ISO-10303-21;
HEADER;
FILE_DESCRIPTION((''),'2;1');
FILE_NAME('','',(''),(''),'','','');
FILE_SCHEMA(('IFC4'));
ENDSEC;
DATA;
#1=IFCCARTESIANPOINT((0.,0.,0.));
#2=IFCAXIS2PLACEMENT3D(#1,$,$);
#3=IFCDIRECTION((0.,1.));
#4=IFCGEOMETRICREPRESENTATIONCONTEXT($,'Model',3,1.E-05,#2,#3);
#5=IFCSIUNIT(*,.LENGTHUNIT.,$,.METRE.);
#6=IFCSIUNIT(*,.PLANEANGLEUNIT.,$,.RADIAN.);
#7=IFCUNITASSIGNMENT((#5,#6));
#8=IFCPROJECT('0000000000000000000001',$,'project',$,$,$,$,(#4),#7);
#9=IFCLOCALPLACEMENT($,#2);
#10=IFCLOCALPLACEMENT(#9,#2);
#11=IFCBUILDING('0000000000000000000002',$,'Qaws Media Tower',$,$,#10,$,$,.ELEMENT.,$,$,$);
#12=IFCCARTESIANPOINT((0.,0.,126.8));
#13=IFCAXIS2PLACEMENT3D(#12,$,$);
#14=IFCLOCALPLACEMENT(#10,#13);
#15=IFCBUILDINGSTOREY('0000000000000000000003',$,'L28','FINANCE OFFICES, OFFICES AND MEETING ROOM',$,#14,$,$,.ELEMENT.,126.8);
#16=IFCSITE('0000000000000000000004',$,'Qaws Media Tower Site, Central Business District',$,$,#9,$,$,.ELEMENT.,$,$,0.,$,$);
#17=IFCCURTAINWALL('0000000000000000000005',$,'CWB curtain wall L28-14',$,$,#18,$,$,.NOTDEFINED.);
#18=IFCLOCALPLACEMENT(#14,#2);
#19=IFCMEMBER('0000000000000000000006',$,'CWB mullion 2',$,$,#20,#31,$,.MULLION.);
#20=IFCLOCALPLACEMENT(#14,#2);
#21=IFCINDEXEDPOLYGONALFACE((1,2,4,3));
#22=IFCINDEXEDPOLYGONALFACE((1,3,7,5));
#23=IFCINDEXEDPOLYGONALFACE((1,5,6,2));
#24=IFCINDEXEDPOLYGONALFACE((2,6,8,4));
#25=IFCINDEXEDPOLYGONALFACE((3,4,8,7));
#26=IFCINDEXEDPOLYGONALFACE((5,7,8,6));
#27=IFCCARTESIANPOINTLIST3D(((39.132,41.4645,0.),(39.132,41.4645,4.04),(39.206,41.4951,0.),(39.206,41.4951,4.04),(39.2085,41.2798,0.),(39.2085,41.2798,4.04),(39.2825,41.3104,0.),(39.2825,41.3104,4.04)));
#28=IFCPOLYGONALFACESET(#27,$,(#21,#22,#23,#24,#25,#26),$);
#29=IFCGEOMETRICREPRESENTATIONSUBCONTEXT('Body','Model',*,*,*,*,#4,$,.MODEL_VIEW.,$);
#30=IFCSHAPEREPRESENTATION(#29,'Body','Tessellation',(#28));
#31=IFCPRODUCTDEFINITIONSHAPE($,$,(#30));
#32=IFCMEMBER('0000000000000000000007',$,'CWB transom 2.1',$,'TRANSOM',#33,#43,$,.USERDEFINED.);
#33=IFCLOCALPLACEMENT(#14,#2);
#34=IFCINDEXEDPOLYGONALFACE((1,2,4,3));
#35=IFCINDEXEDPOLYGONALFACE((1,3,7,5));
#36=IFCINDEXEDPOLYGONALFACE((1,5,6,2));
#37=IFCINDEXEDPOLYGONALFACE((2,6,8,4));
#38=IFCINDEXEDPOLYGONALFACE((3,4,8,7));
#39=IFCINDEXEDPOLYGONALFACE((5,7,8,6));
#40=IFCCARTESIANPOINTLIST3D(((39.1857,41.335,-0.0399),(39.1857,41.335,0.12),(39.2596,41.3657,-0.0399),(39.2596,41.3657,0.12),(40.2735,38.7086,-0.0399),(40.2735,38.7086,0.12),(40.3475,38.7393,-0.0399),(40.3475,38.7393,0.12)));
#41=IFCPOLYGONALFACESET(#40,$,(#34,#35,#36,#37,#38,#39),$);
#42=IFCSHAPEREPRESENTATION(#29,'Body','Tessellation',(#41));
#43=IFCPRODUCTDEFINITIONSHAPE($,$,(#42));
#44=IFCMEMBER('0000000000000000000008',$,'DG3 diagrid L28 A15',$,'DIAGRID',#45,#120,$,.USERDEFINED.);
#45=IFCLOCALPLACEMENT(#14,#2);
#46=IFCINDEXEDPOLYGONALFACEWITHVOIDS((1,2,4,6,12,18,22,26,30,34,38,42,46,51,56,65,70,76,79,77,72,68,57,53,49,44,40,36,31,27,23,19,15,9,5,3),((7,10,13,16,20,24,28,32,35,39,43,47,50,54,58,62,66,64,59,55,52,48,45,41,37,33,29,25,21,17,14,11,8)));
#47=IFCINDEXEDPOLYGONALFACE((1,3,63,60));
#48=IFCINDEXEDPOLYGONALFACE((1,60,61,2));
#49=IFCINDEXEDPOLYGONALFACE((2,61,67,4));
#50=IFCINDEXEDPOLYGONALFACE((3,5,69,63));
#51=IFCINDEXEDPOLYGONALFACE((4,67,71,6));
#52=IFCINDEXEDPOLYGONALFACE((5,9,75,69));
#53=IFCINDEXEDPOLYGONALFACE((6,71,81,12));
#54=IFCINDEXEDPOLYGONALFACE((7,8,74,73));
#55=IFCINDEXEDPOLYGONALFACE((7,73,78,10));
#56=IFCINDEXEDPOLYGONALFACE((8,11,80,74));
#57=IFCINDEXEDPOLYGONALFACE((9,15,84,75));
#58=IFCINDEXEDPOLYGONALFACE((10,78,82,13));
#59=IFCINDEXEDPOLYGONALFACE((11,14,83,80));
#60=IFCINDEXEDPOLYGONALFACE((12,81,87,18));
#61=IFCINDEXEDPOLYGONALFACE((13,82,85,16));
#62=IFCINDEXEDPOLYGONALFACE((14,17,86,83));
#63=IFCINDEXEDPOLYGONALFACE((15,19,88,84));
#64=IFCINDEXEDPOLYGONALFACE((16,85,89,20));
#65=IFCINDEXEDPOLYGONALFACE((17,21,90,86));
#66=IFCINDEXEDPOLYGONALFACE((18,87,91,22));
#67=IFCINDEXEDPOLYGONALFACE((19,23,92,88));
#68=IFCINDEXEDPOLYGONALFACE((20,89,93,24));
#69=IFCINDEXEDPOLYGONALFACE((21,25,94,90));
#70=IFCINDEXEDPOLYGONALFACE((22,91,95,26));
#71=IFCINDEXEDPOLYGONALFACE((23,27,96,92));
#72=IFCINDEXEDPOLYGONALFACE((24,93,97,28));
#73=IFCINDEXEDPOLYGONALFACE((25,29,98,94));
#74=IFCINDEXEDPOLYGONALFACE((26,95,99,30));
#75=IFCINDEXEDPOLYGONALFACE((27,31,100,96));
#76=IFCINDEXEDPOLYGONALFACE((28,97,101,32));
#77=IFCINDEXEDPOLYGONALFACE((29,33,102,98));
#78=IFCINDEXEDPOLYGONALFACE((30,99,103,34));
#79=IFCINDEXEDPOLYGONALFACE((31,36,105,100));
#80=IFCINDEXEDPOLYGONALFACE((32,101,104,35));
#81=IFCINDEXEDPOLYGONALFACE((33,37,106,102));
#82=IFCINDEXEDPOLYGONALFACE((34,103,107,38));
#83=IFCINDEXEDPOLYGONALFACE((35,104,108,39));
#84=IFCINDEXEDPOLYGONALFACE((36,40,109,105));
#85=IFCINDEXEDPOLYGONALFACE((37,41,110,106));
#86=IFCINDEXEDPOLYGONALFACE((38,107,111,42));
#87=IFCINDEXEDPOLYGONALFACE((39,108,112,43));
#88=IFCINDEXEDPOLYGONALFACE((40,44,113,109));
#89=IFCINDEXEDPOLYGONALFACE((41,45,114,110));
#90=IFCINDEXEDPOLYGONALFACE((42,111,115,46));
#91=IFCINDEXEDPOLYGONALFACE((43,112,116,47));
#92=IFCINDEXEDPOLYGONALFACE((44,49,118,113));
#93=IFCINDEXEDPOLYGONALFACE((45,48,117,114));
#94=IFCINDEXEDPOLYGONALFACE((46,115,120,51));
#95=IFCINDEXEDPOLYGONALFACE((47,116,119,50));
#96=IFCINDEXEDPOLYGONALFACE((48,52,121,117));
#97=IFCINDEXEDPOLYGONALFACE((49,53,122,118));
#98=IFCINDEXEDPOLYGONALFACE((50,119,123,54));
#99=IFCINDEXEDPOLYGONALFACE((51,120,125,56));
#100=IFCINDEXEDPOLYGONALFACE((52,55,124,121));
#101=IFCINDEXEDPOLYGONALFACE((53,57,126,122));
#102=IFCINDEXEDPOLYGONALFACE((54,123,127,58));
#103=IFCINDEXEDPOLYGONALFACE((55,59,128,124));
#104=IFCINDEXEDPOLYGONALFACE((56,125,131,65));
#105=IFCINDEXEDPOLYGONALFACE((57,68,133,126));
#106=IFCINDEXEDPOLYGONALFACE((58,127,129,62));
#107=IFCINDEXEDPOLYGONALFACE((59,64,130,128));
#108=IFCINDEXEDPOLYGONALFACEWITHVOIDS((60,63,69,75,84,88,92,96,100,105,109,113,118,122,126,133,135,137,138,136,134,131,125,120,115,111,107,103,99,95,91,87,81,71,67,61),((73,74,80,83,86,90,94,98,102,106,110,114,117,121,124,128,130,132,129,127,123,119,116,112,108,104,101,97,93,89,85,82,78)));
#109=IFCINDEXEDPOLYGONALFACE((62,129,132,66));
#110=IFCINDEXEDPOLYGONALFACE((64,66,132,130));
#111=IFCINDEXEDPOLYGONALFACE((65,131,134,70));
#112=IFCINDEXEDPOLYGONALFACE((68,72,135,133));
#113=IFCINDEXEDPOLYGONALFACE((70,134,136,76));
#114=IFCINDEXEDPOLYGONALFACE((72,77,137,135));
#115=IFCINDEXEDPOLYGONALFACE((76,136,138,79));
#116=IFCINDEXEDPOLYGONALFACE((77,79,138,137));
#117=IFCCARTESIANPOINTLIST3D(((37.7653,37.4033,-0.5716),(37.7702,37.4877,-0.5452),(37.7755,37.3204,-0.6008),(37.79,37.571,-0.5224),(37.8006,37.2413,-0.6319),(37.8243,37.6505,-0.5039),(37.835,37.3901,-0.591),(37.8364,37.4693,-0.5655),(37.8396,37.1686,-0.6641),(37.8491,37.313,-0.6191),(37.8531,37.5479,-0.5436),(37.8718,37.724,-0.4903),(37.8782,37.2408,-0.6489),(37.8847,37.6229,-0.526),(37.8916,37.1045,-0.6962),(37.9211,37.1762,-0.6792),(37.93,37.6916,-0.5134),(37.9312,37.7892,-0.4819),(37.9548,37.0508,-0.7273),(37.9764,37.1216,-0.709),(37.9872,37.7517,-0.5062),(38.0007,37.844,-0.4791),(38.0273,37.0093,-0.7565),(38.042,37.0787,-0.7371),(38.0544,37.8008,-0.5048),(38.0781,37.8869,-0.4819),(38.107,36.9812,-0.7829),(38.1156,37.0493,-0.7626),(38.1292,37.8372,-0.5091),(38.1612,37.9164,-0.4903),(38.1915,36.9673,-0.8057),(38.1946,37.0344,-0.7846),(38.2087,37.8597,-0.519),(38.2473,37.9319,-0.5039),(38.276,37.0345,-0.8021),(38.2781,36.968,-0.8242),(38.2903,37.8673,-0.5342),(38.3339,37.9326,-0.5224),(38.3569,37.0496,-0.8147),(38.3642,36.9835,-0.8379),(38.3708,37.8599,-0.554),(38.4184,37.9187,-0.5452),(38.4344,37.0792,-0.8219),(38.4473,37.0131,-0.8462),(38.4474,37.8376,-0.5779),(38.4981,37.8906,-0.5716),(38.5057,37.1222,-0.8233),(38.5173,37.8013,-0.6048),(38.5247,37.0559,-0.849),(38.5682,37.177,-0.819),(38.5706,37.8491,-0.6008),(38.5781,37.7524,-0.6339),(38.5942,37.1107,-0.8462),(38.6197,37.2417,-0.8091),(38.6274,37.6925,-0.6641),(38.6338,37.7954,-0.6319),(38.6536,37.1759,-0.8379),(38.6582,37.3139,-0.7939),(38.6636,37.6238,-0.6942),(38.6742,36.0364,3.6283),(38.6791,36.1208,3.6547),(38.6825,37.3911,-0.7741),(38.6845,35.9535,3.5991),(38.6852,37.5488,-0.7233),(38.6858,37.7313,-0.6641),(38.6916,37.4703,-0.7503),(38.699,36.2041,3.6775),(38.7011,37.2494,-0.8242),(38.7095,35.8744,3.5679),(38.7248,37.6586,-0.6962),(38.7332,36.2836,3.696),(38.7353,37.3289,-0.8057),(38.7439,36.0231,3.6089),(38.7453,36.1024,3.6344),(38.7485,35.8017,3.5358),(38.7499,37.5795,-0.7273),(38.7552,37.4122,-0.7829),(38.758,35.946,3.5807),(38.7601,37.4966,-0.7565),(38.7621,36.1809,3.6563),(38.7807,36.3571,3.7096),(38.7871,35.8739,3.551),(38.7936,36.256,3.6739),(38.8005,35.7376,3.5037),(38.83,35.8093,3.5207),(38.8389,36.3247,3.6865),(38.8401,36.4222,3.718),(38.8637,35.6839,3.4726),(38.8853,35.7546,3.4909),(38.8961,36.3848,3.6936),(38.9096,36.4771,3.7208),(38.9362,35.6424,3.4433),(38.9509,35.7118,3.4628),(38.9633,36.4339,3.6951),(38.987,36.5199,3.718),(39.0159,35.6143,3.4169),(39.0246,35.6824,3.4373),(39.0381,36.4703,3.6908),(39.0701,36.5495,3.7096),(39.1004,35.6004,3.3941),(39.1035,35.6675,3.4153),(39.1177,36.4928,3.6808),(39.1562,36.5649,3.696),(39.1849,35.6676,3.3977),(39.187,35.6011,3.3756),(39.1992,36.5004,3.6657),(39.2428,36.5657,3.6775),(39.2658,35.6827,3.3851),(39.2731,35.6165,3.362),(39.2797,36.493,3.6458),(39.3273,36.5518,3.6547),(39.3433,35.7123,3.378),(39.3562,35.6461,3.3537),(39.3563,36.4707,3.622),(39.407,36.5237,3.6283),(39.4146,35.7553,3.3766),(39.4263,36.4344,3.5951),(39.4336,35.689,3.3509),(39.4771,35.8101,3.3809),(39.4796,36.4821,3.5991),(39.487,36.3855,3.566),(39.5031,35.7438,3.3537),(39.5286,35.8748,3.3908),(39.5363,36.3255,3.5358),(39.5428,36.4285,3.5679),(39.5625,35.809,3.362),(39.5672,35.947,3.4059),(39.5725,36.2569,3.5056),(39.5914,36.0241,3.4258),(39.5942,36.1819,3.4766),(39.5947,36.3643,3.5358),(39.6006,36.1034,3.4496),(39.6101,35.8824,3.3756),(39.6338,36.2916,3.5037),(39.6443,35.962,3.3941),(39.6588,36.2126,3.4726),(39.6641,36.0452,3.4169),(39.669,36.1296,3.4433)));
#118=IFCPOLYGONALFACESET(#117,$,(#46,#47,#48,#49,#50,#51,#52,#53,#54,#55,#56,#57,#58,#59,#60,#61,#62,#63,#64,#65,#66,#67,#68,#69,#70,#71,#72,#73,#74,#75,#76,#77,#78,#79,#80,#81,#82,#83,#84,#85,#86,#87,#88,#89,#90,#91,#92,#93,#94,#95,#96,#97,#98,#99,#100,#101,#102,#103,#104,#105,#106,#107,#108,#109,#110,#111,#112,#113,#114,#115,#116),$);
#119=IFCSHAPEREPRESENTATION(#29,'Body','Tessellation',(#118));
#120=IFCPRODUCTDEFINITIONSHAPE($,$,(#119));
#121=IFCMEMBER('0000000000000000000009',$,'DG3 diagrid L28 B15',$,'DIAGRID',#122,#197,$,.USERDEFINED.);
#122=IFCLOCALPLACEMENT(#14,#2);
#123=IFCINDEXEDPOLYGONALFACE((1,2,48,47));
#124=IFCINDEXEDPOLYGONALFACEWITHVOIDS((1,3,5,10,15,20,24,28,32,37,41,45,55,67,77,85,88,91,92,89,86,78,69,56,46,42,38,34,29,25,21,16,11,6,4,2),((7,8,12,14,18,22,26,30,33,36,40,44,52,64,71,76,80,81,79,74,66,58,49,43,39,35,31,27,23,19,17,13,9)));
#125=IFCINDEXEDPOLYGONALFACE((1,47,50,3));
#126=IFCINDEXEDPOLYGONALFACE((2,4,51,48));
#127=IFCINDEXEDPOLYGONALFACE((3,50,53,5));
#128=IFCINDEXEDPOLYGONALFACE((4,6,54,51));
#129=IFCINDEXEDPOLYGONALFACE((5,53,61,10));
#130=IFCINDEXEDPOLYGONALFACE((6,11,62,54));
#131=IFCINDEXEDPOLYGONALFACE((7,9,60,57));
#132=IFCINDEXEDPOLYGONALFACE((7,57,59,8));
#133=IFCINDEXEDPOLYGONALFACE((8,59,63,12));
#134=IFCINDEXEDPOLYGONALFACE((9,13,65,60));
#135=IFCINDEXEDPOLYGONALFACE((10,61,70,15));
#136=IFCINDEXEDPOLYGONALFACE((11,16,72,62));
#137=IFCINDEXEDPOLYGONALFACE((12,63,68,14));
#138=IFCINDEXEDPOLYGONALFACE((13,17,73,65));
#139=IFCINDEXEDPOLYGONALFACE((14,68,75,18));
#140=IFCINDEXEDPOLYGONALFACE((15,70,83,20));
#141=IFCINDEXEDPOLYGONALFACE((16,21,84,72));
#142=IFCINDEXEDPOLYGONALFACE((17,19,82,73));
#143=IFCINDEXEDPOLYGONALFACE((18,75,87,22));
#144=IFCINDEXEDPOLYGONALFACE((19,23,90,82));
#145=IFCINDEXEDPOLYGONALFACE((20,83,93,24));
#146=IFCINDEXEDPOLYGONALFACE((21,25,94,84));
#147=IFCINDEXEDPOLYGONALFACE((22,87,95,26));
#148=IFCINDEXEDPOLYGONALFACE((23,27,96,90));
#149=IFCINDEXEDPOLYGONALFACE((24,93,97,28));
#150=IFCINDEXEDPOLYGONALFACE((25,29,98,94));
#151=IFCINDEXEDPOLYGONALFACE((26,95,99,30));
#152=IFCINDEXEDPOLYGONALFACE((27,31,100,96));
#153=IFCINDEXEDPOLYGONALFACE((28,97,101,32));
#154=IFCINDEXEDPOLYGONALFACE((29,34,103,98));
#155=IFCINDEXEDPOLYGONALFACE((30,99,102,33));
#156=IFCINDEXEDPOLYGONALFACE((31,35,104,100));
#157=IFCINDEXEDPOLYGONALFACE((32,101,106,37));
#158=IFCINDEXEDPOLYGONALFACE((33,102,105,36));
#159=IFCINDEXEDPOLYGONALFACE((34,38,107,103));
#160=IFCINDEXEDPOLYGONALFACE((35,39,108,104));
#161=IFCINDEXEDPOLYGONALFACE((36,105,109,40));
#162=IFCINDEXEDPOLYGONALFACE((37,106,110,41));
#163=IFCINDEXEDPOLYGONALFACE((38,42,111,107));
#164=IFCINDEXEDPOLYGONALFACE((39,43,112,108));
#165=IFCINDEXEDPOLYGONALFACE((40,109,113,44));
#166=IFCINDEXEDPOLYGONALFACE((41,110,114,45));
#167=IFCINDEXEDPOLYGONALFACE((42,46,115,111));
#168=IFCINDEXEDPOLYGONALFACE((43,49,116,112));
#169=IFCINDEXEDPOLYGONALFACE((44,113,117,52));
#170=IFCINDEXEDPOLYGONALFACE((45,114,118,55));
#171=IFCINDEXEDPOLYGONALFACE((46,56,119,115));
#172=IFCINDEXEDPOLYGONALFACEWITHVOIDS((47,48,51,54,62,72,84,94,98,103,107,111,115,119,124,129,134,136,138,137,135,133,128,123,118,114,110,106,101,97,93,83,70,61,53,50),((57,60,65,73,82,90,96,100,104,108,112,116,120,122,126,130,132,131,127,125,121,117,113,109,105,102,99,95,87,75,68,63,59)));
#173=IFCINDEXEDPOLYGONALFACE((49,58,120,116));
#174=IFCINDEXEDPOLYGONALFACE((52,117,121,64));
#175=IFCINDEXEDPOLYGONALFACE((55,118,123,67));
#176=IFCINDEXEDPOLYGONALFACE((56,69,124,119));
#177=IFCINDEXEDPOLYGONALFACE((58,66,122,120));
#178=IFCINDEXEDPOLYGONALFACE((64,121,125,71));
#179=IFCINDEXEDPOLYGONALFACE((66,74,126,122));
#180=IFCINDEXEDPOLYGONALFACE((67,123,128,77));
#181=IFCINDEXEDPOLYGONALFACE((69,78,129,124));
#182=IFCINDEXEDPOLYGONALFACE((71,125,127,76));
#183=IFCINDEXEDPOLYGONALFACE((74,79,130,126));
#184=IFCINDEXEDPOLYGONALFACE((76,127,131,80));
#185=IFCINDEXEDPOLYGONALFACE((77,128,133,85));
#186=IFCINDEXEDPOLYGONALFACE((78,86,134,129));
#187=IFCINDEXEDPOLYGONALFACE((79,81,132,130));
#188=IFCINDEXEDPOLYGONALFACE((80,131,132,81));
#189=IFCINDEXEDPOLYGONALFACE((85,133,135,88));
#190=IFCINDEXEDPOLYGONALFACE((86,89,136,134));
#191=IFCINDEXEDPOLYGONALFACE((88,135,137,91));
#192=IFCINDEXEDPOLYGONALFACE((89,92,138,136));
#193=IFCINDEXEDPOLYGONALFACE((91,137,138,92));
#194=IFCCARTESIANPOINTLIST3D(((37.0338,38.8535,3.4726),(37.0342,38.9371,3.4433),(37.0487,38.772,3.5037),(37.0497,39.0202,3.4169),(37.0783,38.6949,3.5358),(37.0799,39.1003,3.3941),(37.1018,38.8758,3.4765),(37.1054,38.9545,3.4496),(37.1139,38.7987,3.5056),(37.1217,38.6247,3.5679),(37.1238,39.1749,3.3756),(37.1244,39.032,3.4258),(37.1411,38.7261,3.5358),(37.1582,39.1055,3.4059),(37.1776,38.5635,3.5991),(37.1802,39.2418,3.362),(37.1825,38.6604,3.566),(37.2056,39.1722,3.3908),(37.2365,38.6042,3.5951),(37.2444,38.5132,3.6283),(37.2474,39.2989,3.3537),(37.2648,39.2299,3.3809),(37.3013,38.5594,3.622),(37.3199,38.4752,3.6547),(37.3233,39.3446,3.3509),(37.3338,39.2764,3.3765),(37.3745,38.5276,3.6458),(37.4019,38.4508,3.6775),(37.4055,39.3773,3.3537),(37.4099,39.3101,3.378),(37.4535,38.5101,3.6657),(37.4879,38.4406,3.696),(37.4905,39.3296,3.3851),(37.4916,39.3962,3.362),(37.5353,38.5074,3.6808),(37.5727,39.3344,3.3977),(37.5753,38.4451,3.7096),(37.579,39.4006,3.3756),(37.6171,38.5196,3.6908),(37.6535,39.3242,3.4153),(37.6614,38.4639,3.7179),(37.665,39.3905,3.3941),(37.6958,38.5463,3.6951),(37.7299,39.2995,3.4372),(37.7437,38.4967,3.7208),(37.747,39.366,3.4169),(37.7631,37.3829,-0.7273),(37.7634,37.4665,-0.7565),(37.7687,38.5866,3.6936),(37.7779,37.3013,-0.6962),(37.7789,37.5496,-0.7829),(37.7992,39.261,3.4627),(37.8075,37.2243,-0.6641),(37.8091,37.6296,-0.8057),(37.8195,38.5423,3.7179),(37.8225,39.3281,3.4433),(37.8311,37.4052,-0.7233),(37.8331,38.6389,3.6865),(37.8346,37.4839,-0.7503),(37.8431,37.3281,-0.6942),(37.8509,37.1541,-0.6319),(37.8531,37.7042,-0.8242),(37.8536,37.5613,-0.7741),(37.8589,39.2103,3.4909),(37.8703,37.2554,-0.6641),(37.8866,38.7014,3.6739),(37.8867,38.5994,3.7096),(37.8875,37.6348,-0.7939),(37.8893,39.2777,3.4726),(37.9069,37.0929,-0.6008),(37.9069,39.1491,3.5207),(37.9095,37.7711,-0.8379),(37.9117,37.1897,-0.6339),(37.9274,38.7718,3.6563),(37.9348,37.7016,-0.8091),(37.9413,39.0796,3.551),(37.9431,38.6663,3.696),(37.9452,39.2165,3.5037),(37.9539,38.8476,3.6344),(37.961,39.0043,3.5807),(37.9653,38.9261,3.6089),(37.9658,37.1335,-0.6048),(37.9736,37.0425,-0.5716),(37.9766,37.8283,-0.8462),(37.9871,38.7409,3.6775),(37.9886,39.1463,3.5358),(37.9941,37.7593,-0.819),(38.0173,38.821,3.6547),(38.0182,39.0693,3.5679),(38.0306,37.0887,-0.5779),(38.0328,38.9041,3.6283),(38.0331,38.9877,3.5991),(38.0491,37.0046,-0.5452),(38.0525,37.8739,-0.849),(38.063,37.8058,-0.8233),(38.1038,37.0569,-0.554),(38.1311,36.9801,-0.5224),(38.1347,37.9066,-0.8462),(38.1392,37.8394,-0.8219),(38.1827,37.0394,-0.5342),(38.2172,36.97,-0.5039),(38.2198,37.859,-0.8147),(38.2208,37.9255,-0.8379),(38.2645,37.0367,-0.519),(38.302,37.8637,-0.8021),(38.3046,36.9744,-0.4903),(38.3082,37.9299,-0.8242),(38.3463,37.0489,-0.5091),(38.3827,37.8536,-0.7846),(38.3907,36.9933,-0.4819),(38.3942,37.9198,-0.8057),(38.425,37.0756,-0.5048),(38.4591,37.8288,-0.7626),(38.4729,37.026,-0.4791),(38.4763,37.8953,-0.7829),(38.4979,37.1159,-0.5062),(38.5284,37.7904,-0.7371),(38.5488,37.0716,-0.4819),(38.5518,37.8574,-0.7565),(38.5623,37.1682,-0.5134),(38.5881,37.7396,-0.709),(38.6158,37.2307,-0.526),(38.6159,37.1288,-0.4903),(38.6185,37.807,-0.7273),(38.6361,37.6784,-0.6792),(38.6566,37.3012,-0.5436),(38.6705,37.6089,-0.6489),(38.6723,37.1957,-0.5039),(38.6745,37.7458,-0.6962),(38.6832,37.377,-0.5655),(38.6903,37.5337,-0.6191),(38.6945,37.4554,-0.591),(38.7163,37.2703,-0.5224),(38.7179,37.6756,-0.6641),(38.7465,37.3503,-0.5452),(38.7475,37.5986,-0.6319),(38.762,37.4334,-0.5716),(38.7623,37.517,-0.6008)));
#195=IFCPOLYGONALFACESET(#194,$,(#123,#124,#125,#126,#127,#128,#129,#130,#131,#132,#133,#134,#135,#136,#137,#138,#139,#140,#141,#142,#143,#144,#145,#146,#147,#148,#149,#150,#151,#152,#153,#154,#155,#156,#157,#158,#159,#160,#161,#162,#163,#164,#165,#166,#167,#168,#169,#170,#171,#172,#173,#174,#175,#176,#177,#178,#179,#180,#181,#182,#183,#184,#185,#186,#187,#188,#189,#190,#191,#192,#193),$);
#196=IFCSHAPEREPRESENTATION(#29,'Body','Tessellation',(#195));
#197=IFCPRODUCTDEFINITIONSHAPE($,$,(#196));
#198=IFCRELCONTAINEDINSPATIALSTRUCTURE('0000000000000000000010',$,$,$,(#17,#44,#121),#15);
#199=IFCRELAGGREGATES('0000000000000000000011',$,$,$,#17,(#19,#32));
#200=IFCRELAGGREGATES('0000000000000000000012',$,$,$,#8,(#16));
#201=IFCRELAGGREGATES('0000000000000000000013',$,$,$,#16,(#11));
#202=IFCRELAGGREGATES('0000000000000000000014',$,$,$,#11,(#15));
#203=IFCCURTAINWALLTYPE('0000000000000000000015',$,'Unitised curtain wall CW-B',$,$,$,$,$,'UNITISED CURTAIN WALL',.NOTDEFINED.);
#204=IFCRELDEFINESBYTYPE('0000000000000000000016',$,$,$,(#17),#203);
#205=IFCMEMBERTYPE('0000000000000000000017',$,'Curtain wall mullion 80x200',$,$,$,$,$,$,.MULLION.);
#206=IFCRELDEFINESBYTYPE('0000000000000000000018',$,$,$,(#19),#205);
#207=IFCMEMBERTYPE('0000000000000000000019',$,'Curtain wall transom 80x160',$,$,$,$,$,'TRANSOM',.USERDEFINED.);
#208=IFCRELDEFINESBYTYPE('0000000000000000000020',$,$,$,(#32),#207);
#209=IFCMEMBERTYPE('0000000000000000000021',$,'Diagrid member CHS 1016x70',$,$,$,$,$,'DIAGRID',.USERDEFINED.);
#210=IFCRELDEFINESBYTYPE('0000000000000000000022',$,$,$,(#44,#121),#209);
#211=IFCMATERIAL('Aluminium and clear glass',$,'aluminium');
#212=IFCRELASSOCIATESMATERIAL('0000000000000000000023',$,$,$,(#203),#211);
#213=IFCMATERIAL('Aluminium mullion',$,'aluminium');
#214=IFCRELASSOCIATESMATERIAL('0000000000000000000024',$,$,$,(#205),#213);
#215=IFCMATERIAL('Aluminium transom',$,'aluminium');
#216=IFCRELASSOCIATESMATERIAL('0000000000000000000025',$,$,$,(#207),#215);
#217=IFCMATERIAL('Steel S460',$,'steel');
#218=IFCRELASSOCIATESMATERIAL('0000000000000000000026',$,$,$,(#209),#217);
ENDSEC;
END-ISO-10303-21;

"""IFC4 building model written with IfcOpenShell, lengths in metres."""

from ifc_helpers import new_model, si_unit, direction, frame, origin, origin_2d, place, context, subcontext, project, spatial, rectangle, hollow_circle, extrude, material, material_profile, profile_set, type_object, element, aggregate, save


model = new_model("IFC4")

# Units and contexts
model_context = context("Model", 3, precision=1e-05, world=origin(), true_north=direction((0.0, 1.0)))
body_context = subcontext(model_context, "Body", "Model", "MODEL_VIEW")
ifc_project = project(units=[si_unit("LENGTHUNIT", "METRE"), si_unit("PLANEANGLEUNIT", "RADIAN")], contexts=[model_context])

# Site, building, storey
site_placement = place(None, origin())
site = spatial("IfcSite", under=ifc_project, at=site_placement, Name="Qaws Media Tower Site, Central Business District", CompositionType="ELEMENT", RefElevation=0.0)
building_placement = place(site_placement, origin())
building = spatial("IfcBuilding", under=site, at=building_placement, Name="Qaws Media Tower", CompositionType="ELEMENT")
storey_placement = place(building_placement, frame((0.0, 0.0, 126.8)))
storey = spatial("IfcBuildingStorey", under=building, at=storey_placement, Name="L28", Description="FINANCE OFFICES, OFFICES AND MEETING ROOM", CompositionType="ELEMENT", Elevation=126.8)

# Curtain wall, members
ifc_material_1 = material(Name="Aluminium and clear glass", Category="aluminium")
curtain_wall_type = type_object("IfcCurtainWallType", Name="Unitised curtain wall CW-B", ElementType="UNITISED CURTAIN WALL", PredefinedType="NOTDEFINED", material=ifc_material_1)
curtain_wall_placement = place(storey_placement, origin())
curtain_wall = element("IfcCurtainWall", 1, at=curtain_wall_placement, inside=storey, type_object=curtain_wall_type, Name="CWB curtain wall L28-14", PredefinedType="NOTDEFINED")
ifc_material_2 = material(Name="Aluminium mullion", Category="aluminium")
ifc_material_profile_1 = material_profile(ifc_material_2, rectangle(XDim=0.0801, YDim=0.2, at=origin_2d()), Name="80x200")
ifc_profile_set_1 = profile_set([ifc_material_profile_1], Name="Aluminium mullion")
member_type_1 = type_object("IfcMemberType", Name="Curtain wall mullion 80x200", PredefinedType="MULLION", material=ifc_profile_set_1)
member_1_placement = place(storey_placement, frame((39.2073, 41.3875, 0.0), z_axis=(0.0, 0.0, 1.0), x_axis=(0.92388, 0.382683, 0.0)))
member_1 = element("IfcMember", 2, at=member_1_placement, type_object=member_type_1, Name="CWB mullion 2", PredefinedType="MULLION", context=body_context, shape_type="SweptSolid", body=[
    extrude(rectangle(XDim=0.0801, YDim=0.2, at=origin_2d()), origin(), (0.0, 0.0, 1.0), 4.04),
])
ifc_material_3 = material(Name="Aluminium transom", Category="aluminium")
ifc_material_profile_2 = material_profile(ifc_material_3, rectangle(XDim=0.0801, YDim=0.1599, at=origin_2d()), Name="80x160")
ifc_profile_set_2 = profile_set([ifc_material_profile_2], Name="Aluminium transom")
member_type_2 = type_object("IfcMemberType", Name="Curtain wall transom 80x160", ElementType="TRANSOM", PredefinedType="USERDEFINED", material=ifc_profile_set_2)
member_2_placement = place(storey_placement, frame((39.2227, 41.3503, 0.04), z_axis=(0.382675, -0.923883, 0.0), x_axis=(0.923883, 0.382675, 0.0)))
member_2 = element("IfcMember", 3, at=member_2_placement, type_object=member_type_2, Name="CWB transom 2.1", ObjectType="TRANSOM", PredefinedType="USERDEFINED", context=body_context, shape_type="SweptSolid", body=[
    extrude(rectangle(XDim=0.0801, YDim=0.1599, at=origin_2d()), origin(), (0.0, 0.0, 1.0), 2.8428),
])

# Members
ifc_material_4 = material(Name="Steel S460", Category="steel")
ifc_material_profile_3 = material_profile(ifc_material_4, hollow_circle(Radius=0.5081, WallThickness=0.0701, at=origin_2d()), Name="CHS 1016x70")
ifc_profile_set_3 = profile_set([ifc_material_profile_3], Name="Steel S460")
member_type_3 = type_object("IfcMemberType", Name="Diagrid member CHS 1016x70", ElementType="DIAGRID", PredefinedType="USERDEFINED", material=ifc_profile_set_3)
for number, where, z_axis, x_axis, name in (
    (4, (38.2627, 37.45, -0.6641), (0.201567, -0.303135, 0.931386), (0.832713, 0.553704, 0.0), "DG3 diagrid L28 A15"),
    (5, (38.2627, 37.45, -0.6641), (-0.161719, 0.326144, 0.931384), (-0.895909, -0.444237, 0.0), "DG3 diagrid L28 B15"),
):
    element("IfcMember", number, at=place(storey_placement, frame(where, z_axis=z_axis, x_axis=x_axis)), inside=storey, type_object=member_type_3, Name=name, ObjectType="DIAGRID", PredefinedType="USERDEFINED", context=body_context, shape_type="SweptSolid", body=[
        extrude(hollow_circle(Radius=0.5081, WallThickness=0.0701, at=origin_2d()), origin(), (0.0, 0.0, 1.0), 4.5093),
    ])

aggregate(curtain_wall, [member_1, member_2])

save(model, "model.ifc")
